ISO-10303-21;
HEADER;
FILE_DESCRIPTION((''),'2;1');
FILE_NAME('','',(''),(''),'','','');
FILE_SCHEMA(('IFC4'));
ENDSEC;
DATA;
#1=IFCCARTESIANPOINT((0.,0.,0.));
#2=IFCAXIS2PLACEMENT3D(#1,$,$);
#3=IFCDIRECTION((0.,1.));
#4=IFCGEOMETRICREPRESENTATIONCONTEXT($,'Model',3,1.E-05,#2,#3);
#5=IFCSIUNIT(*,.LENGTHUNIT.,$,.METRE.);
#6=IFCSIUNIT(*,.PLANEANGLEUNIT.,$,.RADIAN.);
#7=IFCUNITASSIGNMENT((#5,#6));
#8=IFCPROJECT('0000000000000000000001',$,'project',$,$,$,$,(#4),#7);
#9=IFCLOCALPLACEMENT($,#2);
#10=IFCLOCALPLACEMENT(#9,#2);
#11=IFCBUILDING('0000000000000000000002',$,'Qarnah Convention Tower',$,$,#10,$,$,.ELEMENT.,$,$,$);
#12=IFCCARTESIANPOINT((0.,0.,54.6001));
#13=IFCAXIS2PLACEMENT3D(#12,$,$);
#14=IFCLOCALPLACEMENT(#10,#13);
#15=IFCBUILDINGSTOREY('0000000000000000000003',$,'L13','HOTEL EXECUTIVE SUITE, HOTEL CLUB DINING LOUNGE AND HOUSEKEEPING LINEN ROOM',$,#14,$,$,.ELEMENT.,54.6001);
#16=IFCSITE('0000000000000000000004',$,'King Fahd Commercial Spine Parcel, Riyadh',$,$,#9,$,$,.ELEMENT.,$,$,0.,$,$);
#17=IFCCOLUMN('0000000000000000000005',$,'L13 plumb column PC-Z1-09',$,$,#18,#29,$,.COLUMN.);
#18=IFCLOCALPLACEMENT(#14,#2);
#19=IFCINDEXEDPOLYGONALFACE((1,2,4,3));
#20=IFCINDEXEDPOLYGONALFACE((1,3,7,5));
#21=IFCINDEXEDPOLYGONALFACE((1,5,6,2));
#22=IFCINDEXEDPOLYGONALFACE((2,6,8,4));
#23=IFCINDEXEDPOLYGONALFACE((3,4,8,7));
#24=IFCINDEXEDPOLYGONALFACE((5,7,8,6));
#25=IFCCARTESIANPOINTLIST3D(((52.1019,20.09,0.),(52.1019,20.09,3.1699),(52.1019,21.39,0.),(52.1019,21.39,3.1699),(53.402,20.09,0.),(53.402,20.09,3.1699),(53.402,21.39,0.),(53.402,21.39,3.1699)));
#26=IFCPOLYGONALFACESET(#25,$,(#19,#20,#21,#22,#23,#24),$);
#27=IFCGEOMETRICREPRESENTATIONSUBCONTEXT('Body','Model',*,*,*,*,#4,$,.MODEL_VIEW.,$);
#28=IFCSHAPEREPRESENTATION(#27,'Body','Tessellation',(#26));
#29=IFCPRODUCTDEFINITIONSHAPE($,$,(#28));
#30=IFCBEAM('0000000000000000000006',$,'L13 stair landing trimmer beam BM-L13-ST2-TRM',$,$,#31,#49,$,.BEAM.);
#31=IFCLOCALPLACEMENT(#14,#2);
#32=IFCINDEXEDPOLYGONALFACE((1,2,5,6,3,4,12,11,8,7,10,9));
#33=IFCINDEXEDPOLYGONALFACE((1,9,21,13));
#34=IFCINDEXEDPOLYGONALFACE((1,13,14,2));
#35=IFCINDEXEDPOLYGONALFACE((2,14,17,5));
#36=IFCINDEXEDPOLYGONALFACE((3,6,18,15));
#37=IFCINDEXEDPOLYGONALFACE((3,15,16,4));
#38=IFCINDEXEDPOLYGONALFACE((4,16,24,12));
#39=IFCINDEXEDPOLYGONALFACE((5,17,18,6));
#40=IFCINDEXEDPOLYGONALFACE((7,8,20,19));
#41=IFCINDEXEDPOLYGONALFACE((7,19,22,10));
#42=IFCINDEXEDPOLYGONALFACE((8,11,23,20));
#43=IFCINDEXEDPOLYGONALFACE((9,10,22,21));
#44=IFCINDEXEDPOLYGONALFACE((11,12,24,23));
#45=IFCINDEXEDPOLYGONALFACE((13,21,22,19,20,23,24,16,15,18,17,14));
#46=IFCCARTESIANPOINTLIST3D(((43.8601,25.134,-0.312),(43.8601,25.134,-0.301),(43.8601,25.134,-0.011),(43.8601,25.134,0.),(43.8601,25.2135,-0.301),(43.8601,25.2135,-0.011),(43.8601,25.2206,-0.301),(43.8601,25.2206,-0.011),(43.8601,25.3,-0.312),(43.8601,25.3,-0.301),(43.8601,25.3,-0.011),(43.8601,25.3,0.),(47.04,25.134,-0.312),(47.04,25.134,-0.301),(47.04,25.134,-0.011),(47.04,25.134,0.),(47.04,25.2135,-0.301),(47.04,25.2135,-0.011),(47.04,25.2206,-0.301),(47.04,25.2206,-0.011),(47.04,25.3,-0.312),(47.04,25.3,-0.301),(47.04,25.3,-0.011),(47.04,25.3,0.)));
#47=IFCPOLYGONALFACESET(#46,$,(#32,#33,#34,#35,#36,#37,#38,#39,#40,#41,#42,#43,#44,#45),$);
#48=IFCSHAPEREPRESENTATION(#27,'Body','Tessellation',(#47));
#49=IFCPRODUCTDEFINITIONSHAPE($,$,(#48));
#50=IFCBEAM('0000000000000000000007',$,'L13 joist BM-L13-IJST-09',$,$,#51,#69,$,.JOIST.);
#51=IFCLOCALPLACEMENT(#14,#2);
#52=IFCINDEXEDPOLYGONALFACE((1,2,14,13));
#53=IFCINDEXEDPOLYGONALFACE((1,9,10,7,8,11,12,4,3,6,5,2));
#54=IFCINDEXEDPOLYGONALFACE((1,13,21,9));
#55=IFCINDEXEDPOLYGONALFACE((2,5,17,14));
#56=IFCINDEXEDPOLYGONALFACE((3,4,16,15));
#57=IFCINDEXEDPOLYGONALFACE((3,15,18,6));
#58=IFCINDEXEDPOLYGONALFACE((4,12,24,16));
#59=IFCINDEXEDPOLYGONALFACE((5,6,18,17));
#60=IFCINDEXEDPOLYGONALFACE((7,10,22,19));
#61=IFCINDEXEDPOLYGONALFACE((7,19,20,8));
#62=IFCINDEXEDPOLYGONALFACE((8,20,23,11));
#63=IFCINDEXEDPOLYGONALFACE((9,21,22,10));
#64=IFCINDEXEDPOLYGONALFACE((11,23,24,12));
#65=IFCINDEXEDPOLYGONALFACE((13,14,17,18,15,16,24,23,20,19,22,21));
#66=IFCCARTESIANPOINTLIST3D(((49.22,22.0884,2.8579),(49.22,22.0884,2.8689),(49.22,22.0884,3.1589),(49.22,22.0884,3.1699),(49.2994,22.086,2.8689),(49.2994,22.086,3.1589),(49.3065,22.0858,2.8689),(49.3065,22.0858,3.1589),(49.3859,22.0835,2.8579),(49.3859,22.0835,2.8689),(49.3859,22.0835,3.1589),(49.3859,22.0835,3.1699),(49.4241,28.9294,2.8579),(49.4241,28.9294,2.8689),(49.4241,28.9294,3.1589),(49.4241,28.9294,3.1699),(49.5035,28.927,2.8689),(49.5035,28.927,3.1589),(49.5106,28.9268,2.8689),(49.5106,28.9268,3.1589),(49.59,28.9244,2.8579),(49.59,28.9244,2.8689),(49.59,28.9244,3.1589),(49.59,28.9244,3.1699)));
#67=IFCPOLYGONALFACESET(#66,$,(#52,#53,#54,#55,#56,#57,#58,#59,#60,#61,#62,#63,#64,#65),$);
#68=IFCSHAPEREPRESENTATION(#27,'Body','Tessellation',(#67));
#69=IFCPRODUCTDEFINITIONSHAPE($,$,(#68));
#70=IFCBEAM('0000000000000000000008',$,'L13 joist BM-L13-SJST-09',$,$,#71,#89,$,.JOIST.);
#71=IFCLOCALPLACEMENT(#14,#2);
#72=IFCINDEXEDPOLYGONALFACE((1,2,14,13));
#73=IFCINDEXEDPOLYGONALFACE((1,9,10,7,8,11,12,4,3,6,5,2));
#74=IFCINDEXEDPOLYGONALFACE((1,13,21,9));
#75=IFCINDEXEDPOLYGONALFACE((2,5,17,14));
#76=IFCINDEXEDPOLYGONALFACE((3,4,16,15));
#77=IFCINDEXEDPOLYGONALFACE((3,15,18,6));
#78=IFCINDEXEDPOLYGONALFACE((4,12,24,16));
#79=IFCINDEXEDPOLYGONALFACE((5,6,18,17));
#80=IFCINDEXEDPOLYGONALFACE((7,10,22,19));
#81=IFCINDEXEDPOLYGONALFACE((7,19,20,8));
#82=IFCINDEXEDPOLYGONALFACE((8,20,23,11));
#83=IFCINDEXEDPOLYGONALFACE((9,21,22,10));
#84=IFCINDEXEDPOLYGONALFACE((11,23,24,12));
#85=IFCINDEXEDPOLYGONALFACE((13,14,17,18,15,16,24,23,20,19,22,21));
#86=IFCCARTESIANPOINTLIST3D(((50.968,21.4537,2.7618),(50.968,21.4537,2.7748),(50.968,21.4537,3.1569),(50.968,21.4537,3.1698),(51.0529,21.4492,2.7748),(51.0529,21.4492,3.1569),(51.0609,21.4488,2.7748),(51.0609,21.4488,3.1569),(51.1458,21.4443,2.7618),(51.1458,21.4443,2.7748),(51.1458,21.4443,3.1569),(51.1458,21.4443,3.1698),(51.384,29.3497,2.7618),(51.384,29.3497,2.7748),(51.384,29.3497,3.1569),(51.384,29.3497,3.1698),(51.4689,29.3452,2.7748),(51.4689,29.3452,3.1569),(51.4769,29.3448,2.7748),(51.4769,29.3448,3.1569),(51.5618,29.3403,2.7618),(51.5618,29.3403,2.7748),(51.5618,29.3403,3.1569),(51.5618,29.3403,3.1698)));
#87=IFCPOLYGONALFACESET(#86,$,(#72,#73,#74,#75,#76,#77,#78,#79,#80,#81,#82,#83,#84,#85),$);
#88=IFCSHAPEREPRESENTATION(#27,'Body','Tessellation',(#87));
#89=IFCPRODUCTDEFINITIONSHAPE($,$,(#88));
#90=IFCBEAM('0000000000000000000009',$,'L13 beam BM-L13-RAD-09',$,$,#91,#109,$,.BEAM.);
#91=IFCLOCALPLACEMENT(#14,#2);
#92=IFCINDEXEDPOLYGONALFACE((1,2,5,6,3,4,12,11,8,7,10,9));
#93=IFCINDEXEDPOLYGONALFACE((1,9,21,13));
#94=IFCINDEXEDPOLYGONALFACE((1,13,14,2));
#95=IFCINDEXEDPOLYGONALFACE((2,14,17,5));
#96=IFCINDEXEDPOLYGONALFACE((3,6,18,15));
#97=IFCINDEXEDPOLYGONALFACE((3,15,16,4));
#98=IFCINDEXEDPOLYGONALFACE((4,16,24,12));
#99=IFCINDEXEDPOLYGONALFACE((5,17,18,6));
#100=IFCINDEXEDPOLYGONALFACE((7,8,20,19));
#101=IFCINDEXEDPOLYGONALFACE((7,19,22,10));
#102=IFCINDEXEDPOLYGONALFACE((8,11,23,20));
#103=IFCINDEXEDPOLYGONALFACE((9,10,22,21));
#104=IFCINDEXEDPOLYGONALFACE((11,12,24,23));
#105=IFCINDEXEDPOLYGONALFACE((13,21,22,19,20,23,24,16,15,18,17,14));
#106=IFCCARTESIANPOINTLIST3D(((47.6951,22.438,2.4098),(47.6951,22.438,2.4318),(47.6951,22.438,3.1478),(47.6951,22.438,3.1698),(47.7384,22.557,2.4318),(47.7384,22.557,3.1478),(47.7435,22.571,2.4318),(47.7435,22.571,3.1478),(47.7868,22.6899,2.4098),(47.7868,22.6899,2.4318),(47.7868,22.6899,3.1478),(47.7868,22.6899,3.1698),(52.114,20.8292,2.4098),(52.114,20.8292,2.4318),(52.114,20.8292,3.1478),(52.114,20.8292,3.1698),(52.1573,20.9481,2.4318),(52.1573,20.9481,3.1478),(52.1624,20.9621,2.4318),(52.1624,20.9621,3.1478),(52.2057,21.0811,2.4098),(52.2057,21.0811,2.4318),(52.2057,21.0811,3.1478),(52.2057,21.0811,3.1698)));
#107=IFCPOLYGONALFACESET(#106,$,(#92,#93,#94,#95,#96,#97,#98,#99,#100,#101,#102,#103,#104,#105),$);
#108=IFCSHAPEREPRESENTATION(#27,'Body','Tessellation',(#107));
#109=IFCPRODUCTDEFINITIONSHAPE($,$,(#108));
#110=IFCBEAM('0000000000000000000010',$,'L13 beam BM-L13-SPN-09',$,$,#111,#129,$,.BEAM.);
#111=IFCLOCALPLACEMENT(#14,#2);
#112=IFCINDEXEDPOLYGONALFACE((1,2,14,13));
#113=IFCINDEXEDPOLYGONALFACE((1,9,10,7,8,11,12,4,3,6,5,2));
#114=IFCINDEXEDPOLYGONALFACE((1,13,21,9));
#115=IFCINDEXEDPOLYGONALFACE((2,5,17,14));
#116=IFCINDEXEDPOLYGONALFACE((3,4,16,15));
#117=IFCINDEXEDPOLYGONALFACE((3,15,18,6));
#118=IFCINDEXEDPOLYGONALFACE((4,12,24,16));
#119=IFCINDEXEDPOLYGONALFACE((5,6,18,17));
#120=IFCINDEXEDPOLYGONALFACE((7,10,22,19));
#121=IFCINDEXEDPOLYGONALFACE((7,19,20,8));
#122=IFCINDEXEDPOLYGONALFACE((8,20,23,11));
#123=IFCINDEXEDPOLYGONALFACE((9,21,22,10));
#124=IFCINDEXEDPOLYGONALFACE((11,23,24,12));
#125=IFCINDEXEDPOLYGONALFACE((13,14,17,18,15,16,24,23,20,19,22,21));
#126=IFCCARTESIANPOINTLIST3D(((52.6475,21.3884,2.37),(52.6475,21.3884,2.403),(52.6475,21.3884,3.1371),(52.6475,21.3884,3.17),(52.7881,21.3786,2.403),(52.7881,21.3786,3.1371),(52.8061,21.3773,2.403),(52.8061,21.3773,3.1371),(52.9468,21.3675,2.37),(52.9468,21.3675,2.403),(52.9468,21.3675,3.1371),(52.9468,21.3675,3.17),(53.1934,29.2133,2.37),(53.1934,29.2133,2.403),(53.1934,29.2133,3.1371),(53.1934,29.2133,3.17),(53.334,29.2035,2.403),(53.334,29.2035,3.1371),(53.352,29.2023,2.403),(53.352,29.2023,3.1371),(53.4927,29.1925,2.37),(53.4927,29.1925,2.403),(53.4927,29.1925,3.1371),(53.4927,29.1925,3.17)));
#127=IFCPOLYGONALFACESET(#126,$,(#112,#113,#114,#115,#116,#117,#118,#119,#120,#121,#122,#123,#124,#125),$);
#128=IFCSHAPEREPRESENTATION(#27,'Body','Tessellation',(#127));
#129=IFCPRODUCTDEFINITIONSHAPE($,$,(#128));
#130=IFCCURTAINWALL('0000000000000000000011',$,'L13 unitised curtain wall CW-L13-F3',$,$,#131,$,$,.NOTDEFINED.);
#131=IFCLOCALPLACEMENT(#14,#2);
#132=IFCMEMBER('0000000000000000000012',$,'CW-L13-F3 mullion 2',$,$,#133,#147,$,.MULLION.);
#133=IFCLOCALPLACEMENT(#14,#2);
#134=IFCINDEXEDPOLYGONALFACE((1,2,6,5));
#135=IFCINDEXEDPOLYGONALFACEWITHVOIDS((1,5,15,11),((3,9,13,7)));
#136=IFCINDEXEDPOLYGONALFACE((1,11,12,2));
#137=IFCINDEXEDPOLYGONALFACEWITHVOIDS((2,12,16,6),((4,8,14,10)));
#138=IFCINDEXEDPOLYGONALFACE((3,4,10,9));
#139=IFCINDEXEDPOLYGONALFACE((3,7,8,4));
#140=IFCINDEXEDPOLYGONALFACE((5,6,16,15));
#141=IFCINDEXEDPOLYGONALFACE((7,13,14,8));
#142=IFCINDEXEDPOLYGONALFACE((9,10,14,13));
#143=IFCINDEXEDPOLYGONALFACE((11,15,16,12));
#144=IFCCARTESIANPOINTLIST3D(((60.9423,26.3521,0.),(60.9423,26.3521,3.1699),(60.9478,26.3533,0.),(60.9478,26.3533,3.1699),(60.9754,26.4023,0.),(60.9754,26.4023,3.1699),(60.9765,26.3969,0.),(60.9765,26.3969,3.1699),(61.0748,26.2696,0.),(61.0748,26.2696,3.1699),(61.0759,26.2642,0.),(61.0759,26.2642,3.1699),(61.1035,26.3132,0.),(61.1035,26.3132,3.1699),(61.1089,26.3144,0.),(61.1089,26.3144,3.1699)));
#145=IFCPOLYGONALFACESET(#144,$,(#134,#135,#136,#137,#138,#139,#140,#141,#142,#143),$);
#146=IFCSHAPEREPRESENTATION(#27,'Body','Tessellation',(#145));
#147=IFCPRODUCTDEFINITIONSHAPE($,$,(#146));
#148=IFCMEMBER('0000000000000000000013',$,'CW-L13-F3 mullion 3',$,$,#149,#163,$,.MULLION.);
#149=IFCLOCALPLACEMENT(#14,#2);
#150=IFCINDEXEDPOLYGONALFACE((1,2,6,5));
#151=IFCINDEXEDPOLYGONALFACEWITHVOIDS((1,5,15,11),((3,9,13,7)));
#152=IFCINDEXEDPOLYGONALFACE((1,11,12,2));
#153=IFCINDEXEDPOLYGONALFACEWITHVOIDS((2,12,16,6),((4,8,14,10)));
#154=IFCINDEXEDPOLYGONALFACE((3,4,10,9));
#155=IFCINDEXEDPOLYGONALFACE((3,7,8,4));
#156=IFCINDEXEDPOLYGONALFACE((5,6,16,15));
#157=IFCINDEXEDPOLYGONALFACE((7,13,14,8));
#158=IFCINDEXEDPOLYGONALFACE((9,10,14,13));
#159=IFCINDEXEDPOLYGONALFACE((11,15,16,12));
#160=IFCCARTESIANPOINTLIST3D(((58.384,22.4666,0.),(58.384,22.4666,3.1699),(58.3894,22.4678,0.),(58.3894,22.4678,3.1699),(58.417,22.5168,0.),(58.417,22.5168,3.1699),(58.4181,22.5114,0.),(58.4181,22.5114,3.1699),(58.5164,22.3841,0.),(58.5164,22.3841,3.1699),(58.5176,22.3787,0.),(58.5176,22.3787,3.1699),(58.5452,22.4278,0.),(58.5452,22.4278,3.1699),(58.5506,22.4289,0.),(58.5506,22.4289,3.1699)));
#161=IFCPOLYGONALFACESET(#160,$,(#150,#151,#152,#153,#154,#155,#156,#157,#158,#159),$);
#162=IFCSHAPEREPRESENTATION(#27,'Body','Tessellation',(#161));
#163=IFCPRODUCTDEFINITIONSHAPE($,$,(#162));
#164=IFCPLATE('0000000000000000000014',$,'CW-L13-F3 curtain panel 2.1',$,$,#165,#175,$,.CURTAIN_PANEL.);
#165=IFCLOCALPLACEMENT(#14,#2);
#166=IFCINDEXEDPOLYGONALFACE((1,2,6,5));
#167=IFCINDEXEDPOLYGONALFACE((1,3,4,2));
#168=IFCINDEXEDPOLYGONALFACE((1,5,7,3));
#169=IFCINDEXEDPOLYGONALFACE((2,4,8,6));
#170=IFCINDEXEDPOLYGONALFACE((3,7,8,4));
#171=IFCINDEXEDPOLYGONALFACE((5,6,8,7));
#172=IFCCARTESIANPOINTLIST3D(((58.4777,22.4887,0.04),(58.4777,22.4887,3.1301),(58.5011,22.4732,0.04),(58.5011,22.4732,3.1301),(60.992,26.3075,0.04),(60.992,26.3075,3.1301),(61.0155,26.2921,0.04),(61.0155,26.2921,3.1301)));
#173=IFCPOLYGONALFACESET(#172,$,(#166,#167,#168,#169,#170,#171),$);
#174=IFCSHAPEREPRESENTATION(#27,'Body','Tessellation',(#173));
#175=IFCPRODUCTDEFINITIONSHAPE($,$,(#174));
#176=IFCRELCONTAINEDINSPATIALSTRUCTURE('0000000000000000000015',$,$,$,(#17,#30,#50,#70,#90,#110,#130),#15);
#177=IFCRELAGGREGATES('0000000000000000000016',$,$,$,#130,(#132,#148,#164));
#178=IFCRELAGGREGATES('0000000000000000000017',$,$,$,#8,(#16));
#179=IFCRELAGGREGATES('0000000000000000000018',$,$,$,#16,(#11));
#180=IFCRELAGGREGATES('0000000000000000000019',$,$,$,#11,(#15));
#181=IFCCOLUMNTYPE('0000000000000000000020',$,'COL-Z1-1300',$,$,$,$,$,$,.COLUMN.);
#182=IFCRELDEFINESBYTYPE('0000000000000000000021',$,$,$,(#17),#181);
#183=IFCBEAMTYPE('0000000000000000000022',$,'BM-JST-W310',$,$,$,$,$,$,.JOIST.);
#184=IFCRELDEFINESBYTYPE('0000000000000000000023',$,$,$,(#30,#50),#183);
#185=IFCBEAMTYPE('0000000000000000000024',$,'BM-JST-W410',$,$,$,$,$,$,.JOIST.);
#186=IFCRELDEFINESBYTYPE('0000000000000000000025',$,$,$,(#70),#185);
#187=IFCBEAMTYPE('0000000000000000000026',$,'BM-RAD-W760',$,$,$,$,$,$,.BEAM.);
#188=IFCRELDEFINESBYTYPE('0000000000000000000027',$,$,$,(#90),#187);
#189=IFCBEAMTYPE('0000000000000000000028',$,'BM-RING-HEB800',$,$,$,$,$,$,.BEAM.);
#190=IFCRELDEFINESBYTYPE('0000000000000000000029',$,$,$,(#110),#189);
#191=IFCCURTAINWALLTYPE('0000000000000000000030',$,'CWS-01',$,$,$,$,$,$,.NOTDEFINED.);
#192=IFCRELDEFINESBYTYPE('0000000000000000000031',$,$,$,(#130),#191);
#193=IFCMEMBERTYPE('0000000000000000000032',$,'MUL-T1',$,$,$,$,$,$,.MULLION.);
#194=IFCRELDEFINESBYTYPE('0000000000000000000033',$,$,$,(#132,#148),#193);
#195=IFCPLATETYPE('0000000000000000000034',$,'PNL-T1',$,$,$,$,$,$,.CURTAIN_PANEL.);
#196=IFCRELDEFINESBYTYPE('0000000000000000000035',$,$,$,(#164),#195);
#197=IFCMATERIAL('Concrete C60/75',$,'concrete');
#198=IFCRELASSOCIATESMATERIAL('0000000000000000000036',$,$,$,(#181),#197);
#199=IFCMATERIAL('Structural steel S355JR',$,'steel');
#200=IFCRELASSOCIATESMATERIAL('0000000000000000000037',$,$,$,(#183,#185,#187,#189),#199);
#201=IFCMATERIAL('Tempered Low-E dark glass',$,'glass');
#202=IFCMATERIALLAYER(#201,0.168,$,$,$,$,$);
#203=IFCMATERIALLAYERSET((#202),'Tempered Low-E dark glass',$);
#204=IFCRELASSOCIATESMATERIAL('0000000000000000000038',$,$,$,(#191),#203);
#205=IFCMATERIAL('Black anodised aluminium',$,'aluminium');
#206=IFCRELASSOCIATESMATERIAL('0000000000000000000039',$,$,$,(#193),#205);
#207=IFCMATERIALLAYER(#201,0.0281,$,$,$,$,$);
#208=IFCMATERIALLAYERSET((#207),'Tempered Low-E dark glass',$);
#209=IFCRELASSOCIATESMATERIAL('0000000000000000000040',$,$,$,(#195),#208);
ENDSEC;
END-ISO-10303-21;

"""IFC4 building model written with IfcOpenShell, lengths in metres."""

from ifc_helpers import new_model, si_unit, direction, frame, origin, origin_2d, place, context, subcontext, project, spatial, rectangle, hollow_rectangle, i_section, extrude, material, layer, layer_set, material_profile, profile_set, type_object, element, aggregate, save


model = new_model("IFC4")

# Units and contexts
model_context = context("Model", 3, precision=1e-05, world=origin(), true_north=direction((0.0, 1.0)))
body_context = subcontext(model_context, "Body", "Model", "MODEL_VIEW")
ifc_project = project(units=[si_unit("LENGTHUNIT", "METRE"), si_unit("PLANEANGLEUNIT", "RADIAN")], contexts=[model_context])

# Site, building, storey
site_placement = place(None, origin())
site = spatial("IfcSite", under=ifc_project, at=site_placement, Name="King Fahd Commercial Spine Parcel, Riyadh", CompositionType="ELEMENT", RefElevation=0.0)
building_placement = place(site_placement, origin())
building = spatial("IfcBuilding", under=site, at=building_placement, Name="Qarnah Convention Tower", CompositionType="ELEMENT")
storey_placement = place(building_placement, frame((0.0, 0.0, 54.6001)))
storey = spatial("IfcBuildingStorey", under=building, at=storey_placement, Name="L13", Description="HOTEL EXECUTIVE SUITE, HOTEL CLUB DINING LOUNGE AND HOUSEKEEPING LINEN ROOM", CompositionType="ELEMENT", Elevation=54.6001)

# Column
ifc_material_1 = material(Name="Concrete C60/75", Category="concrete")
ifc_material_profile_1 = material_profile(ifc_material_1, rectangle(XDim=1.3, YDim=1.3, at=origin_2d()), Name="RC-COL-1300X1300")
ifc_profile_set_1 = profile_set([ifc_material_profile_1], Name="Concrete C60/75")
column_type = type_object("IfcColumnType", Name="COL-Z1-1300", PredefinedType="COLUMN", material=ifc_profile_set_1)
column_placement = place(storey_placement, frame((52.752, 20.74, 0.0), z_axis=(0.0, 0.0, 1.0), x_axis=(1.0, 0.0, 0.0)))
element("IfcColumn", 1, at=column_placement, inside=storey, type_object=column_type, Name="L13 plumb column PC-Z1-09", PredefinedType="COLUMN", context=body_context, shape_type="SweptSolid", body=[
    extrude(rectangle(XDim=1.3, YDim=1.3, at=origin_2d()), origin(), (0.0, 0.0, 1.0), 3.1699),
])

# Beams
ifc_material_2 = material(Name="Structural steel S355JR", Category="steel")
ifc_material_profile_2 = material_profile(ifc_material_2, i_section(OverallWidth=0.166, OverallDepth=0.312, WebThickness=0.0071, FlangeThickness=0.011, at=origin_2d()), Name="W310X45")
ifc_profile_set_2 = profile_set([ifc_material_profile_2], Name="Structural steel S355JR")
beam_type_1 = type_object("IfcBeamType", Name="BM-JST-W310", PredefinedType="JOIST", material=ifc_profile_set_2)
beam_1_placement = place(storey_placement, frame((43.8601, 25.217, -0.156), z_axis=(1.0, 0.0, 0.0), x_axis=(0.0, 1.0, 0.0)))
element("IfcBeam", 2, at=beam_1_placement, inside=storey, type_object=beam_type_1, Name="L13 stair landing trimmer beam BM-L13-ST2-TRM", PredefinedType="BEAM", context=body_context, shape_type="SweptSolid", body=[
    extrude(i_section(OverallWidth=0.166, OverallDepth=0.312, WebThickness=0.0071, FlangeThickness=0.011, at=origin_2d()), origin(), (0.0, 0.0, 1.0), 3.1799),
])
beam_2_placement = place(storey_placement, frame((49.303, 22.0859, 3.0139), z_axis=(0.029821, 0.999555, 0.0), x_axis=(-0.999555, 0.029821, 0.0)))
element("IfcBeam", 3, at=beam_2_placement, inside=storey, type_object=beam_type_1, Name="L13 joist BM-L13-IJST-09", PredefinedType="JOIST", context=body_context, shape_type="SweptSolid", body=[
    extrude(i_section(OverallWidth=0.166, OverallDepth=0.312, WebThickness=0.0071, FlangeThickness=0.011, at=origin_2d()), origin(), (0.0, 0.0, 1.0), 6.844),
])
ifc_material_profile_3 = material_profile(ifc_material_2, i_section(OverallWidth=0.178, OverallDepth=0.408, WebThickness=0.0081, FlangeThickness=0.0129, at=origin_2d()), Name="W410X60")
ifc_profile_set_3 = profile_set([ifc_material_profile_3], Name="Structural steel S355JR")
beam_type_2 = type_object("IfcBeamType", Name="BM-JST-W410", PredefinedType="JOIST", material=ifc_profile_set_3)
beam_3_placement = place(storey_placement, frame((51.0569, 21.449, 2.9658), z_axis=(0.052614, 0.998615, 0.0), x_axis=(-0.998615, 0.052614, 0.0)))
element("IfcBeam", 4, at=beam_3_placement, inside=storey, type_object=beam_type_2, Name="L13 joist BM-L13-SJST-09", PredefinedType="JOIST", context=body_context, shape_type="SweptSolid", body=[
    extrude(i_section(OverallWidth=0.178, OverallDepth=0.408, WebThickness=0.0081, FlangeThickness=0.0129, at=origin_2d()), origin(), (0.0, 0.0, 1.0), 7.907),
])
ifc_material_profile_4 = material_profile(ifc_material_2, i_section(OverallWidth=0.2681, OverallDepth=0.76, WebThickness=0.0149, FlangeThickness=0.022, at=origin_2d()), Name="W760X185")
ifc_profile_set_4 = profile_set([ifc_material_profile_4], Name="Structural steel S355JR")
beam_type_3 = type_object("IfcBeamType", Name="BM-RAD-W760", PredefinedType="BEAM", material=ifc_profile_set_4)
beam_4_placement = place(storey_placement, frame((47.741, 22.564, 2.7898), z_axis=(0.939657, -0.342118, 0.0), x_axis=(0.342118, 0.939657, 0.0)))
element("IfcBeam", 5, at=beam_4_placement, inside=storey, type_object=beam_type_3, Name="L13 beam BM-L13-RAD-09", PredefinedType="BEAM", context=body_context, shape_type="SweptSolid", body=[
    extrude(i_section(OverallWidth=0.2681, OverallDepth=0.76, WebThickness=0.0149, FlangeThickness=0.022, at=origin_2d()), origin(), (0.0, 0.0, 1.0), 4.7026),
])
ifc_material_profile_5 = material_profile(ifc_material_2, i_section(OverallWidth=0.3, OverallDepth=0.8, WebThickness=0.0181, FlangeThickness=0.033, at=origin_2d()), Name="HEB800")
ifc_profile_set_5 = profile_set([ifc_material_profile_5], Name="Structural steel S355JR")
beam_type_4 = type_object("IfcBeamType", Name="BM-RING-HEB800", PredefinedType="BEAM", material=ifc_profile_set_5)
beam_5_placement = place(storey_placement, frame((52.7971, 21.3779, 2.77), z_axis=(0.069595, 0.997575, 0.0), x_axis=(-0.997575, 0.069595, 0.0)))
element("IfcBeam", 6, at=beam_5_placement, inside=storey, type_object=beam_type_4, Name="L13 beam BM-L13-SPN-09", PredefinedType="BEAM", context=body_context, shape_type="SweptSolid", body=[
    extrude(i_section(OverallWidth=0.3, OverallDepth=0.8, WebThickness=0.0181, FlangeThickness=0.033, at=origin_2d()), origin(), (0.0, 0.0, 1.0), 7.844),
])

# Curtain wall, members, plate
ifc_material_3 = material(Name="Tempered Low-E dark glass", Category="glass")
ifc_layer_1 = layer(ifc_material_3, 0.168)
ifc_layer_set_1 = layer_set([ifc_layer_1], Name="Tempered Low-E dark glass")
curtain_wall_type = type_object("IfcCurtainWallType", Name="CWS-01", PredefinedType="NOTDEFINED", material=ifc_layer_set_1)
curtain_wall_placement = place(storey_placement, origin())
curtain_wall = element("IfcCurtainWall", 7, at=curtain_wall_placement, inside=storey, type_object=curtain_wall_type, Name="L13 unitised curtain wall CW-L13-F3", PredefinedType="NOTDEFINED")
ifc_material_4 = material(Name="Black anodised aluminium", Category="aluminium")
ifc_material_profile_6 = material_profile(ifc_material_4, hollow_rectangle(XDim=0.0601, YDim=0.1599, WallThickness=0.0039, at=origin_2d()), Name="MUL-60X160")
ifc_profile_set_6 = profile_set([ifc_material_profile_6], Name="Black anodised aluminium")
member_type = type_object("IfcMemberType", Name="MUL-T1", PredefinedType="MULLION", material=ifc_profile_set_6)
member_1_placement = place(storey_placement, frame((61.0256, 26.3333, 0.0), z_axis=(0.0, 0.0, 1.0), x_axis=(-0.549913, -0.835222, 0.0)))
member_1 = element("IfcMember", 8, at=member_1_placement, type_object=member_type, Name="CW-L13-F3 mullion 2", PredefinedType="MULLION", context=body_context, shape_type="SweptSolid", body=[
    extrude(hollow_rectangle(XDim=0.0601, YDim=0.1599, WallThickness=0.0039, at=origin_2d()), origin(), (0.0, 0.0, 1.0), 3.1699),
])
member_2_placement = place(storey_placement, frame((58.4673, 22.4478, 0.0), z_axis=(0.0, 0.0, 1.0), x_axis=(-0.549913, -0.835222, 0.0)))
member_2 = element("IfcMember", 9, at=member_2_placement, type_object=member_type, Name="CW-L13-F3 mullion 3", PredefinedType="MULLION", context=body_context, shape_type="SweptSolid", body=[
    extrude(hollow_rectangle(XDim=0.0601, YDim=0.1599, WallThickness=0.0039, at=origin_2d()), origin(), (0.0, 0.0, 1.0), 3.1699),
])
ifc_layer_2 = layer(ifc_material_3, 0.0281)
ifc_layer_set_2 = layer_set([ifc_layer_2], Name="Tempered Low-E dark glass")
plate_type = type_object("IfcPlateType", Name="PNL-T1", PredefinedType="CURTAIN_PANEL", material=ifc_layer_set_2)
plate_1_placement = place(storey_placement, frame((59.7466, 24.3904, 0.04), z_axis=(0.0, 0.0, 1.0), x_axis=(-0.549913, -0.835222, 0.0)))
plate_1 = element("IfcPlate", 10, at=plate_1_placement, type_object=plate_type, Name="CW-L13-F3 curtain panel 2.1", PredefinedType="CURTAIN_PANEL", context=body_context, shape_type="SweptSolid", body=[
    extrude(rectangle(XDim=4.5723, YDim=0.0281, at=origin_2d()), origin(), (0.0, 0.0, 1.0), 3.0901),
])
aggregate(curtain_wall, [member_1, member_2, plate_1])

save(model, "model.ifc")
